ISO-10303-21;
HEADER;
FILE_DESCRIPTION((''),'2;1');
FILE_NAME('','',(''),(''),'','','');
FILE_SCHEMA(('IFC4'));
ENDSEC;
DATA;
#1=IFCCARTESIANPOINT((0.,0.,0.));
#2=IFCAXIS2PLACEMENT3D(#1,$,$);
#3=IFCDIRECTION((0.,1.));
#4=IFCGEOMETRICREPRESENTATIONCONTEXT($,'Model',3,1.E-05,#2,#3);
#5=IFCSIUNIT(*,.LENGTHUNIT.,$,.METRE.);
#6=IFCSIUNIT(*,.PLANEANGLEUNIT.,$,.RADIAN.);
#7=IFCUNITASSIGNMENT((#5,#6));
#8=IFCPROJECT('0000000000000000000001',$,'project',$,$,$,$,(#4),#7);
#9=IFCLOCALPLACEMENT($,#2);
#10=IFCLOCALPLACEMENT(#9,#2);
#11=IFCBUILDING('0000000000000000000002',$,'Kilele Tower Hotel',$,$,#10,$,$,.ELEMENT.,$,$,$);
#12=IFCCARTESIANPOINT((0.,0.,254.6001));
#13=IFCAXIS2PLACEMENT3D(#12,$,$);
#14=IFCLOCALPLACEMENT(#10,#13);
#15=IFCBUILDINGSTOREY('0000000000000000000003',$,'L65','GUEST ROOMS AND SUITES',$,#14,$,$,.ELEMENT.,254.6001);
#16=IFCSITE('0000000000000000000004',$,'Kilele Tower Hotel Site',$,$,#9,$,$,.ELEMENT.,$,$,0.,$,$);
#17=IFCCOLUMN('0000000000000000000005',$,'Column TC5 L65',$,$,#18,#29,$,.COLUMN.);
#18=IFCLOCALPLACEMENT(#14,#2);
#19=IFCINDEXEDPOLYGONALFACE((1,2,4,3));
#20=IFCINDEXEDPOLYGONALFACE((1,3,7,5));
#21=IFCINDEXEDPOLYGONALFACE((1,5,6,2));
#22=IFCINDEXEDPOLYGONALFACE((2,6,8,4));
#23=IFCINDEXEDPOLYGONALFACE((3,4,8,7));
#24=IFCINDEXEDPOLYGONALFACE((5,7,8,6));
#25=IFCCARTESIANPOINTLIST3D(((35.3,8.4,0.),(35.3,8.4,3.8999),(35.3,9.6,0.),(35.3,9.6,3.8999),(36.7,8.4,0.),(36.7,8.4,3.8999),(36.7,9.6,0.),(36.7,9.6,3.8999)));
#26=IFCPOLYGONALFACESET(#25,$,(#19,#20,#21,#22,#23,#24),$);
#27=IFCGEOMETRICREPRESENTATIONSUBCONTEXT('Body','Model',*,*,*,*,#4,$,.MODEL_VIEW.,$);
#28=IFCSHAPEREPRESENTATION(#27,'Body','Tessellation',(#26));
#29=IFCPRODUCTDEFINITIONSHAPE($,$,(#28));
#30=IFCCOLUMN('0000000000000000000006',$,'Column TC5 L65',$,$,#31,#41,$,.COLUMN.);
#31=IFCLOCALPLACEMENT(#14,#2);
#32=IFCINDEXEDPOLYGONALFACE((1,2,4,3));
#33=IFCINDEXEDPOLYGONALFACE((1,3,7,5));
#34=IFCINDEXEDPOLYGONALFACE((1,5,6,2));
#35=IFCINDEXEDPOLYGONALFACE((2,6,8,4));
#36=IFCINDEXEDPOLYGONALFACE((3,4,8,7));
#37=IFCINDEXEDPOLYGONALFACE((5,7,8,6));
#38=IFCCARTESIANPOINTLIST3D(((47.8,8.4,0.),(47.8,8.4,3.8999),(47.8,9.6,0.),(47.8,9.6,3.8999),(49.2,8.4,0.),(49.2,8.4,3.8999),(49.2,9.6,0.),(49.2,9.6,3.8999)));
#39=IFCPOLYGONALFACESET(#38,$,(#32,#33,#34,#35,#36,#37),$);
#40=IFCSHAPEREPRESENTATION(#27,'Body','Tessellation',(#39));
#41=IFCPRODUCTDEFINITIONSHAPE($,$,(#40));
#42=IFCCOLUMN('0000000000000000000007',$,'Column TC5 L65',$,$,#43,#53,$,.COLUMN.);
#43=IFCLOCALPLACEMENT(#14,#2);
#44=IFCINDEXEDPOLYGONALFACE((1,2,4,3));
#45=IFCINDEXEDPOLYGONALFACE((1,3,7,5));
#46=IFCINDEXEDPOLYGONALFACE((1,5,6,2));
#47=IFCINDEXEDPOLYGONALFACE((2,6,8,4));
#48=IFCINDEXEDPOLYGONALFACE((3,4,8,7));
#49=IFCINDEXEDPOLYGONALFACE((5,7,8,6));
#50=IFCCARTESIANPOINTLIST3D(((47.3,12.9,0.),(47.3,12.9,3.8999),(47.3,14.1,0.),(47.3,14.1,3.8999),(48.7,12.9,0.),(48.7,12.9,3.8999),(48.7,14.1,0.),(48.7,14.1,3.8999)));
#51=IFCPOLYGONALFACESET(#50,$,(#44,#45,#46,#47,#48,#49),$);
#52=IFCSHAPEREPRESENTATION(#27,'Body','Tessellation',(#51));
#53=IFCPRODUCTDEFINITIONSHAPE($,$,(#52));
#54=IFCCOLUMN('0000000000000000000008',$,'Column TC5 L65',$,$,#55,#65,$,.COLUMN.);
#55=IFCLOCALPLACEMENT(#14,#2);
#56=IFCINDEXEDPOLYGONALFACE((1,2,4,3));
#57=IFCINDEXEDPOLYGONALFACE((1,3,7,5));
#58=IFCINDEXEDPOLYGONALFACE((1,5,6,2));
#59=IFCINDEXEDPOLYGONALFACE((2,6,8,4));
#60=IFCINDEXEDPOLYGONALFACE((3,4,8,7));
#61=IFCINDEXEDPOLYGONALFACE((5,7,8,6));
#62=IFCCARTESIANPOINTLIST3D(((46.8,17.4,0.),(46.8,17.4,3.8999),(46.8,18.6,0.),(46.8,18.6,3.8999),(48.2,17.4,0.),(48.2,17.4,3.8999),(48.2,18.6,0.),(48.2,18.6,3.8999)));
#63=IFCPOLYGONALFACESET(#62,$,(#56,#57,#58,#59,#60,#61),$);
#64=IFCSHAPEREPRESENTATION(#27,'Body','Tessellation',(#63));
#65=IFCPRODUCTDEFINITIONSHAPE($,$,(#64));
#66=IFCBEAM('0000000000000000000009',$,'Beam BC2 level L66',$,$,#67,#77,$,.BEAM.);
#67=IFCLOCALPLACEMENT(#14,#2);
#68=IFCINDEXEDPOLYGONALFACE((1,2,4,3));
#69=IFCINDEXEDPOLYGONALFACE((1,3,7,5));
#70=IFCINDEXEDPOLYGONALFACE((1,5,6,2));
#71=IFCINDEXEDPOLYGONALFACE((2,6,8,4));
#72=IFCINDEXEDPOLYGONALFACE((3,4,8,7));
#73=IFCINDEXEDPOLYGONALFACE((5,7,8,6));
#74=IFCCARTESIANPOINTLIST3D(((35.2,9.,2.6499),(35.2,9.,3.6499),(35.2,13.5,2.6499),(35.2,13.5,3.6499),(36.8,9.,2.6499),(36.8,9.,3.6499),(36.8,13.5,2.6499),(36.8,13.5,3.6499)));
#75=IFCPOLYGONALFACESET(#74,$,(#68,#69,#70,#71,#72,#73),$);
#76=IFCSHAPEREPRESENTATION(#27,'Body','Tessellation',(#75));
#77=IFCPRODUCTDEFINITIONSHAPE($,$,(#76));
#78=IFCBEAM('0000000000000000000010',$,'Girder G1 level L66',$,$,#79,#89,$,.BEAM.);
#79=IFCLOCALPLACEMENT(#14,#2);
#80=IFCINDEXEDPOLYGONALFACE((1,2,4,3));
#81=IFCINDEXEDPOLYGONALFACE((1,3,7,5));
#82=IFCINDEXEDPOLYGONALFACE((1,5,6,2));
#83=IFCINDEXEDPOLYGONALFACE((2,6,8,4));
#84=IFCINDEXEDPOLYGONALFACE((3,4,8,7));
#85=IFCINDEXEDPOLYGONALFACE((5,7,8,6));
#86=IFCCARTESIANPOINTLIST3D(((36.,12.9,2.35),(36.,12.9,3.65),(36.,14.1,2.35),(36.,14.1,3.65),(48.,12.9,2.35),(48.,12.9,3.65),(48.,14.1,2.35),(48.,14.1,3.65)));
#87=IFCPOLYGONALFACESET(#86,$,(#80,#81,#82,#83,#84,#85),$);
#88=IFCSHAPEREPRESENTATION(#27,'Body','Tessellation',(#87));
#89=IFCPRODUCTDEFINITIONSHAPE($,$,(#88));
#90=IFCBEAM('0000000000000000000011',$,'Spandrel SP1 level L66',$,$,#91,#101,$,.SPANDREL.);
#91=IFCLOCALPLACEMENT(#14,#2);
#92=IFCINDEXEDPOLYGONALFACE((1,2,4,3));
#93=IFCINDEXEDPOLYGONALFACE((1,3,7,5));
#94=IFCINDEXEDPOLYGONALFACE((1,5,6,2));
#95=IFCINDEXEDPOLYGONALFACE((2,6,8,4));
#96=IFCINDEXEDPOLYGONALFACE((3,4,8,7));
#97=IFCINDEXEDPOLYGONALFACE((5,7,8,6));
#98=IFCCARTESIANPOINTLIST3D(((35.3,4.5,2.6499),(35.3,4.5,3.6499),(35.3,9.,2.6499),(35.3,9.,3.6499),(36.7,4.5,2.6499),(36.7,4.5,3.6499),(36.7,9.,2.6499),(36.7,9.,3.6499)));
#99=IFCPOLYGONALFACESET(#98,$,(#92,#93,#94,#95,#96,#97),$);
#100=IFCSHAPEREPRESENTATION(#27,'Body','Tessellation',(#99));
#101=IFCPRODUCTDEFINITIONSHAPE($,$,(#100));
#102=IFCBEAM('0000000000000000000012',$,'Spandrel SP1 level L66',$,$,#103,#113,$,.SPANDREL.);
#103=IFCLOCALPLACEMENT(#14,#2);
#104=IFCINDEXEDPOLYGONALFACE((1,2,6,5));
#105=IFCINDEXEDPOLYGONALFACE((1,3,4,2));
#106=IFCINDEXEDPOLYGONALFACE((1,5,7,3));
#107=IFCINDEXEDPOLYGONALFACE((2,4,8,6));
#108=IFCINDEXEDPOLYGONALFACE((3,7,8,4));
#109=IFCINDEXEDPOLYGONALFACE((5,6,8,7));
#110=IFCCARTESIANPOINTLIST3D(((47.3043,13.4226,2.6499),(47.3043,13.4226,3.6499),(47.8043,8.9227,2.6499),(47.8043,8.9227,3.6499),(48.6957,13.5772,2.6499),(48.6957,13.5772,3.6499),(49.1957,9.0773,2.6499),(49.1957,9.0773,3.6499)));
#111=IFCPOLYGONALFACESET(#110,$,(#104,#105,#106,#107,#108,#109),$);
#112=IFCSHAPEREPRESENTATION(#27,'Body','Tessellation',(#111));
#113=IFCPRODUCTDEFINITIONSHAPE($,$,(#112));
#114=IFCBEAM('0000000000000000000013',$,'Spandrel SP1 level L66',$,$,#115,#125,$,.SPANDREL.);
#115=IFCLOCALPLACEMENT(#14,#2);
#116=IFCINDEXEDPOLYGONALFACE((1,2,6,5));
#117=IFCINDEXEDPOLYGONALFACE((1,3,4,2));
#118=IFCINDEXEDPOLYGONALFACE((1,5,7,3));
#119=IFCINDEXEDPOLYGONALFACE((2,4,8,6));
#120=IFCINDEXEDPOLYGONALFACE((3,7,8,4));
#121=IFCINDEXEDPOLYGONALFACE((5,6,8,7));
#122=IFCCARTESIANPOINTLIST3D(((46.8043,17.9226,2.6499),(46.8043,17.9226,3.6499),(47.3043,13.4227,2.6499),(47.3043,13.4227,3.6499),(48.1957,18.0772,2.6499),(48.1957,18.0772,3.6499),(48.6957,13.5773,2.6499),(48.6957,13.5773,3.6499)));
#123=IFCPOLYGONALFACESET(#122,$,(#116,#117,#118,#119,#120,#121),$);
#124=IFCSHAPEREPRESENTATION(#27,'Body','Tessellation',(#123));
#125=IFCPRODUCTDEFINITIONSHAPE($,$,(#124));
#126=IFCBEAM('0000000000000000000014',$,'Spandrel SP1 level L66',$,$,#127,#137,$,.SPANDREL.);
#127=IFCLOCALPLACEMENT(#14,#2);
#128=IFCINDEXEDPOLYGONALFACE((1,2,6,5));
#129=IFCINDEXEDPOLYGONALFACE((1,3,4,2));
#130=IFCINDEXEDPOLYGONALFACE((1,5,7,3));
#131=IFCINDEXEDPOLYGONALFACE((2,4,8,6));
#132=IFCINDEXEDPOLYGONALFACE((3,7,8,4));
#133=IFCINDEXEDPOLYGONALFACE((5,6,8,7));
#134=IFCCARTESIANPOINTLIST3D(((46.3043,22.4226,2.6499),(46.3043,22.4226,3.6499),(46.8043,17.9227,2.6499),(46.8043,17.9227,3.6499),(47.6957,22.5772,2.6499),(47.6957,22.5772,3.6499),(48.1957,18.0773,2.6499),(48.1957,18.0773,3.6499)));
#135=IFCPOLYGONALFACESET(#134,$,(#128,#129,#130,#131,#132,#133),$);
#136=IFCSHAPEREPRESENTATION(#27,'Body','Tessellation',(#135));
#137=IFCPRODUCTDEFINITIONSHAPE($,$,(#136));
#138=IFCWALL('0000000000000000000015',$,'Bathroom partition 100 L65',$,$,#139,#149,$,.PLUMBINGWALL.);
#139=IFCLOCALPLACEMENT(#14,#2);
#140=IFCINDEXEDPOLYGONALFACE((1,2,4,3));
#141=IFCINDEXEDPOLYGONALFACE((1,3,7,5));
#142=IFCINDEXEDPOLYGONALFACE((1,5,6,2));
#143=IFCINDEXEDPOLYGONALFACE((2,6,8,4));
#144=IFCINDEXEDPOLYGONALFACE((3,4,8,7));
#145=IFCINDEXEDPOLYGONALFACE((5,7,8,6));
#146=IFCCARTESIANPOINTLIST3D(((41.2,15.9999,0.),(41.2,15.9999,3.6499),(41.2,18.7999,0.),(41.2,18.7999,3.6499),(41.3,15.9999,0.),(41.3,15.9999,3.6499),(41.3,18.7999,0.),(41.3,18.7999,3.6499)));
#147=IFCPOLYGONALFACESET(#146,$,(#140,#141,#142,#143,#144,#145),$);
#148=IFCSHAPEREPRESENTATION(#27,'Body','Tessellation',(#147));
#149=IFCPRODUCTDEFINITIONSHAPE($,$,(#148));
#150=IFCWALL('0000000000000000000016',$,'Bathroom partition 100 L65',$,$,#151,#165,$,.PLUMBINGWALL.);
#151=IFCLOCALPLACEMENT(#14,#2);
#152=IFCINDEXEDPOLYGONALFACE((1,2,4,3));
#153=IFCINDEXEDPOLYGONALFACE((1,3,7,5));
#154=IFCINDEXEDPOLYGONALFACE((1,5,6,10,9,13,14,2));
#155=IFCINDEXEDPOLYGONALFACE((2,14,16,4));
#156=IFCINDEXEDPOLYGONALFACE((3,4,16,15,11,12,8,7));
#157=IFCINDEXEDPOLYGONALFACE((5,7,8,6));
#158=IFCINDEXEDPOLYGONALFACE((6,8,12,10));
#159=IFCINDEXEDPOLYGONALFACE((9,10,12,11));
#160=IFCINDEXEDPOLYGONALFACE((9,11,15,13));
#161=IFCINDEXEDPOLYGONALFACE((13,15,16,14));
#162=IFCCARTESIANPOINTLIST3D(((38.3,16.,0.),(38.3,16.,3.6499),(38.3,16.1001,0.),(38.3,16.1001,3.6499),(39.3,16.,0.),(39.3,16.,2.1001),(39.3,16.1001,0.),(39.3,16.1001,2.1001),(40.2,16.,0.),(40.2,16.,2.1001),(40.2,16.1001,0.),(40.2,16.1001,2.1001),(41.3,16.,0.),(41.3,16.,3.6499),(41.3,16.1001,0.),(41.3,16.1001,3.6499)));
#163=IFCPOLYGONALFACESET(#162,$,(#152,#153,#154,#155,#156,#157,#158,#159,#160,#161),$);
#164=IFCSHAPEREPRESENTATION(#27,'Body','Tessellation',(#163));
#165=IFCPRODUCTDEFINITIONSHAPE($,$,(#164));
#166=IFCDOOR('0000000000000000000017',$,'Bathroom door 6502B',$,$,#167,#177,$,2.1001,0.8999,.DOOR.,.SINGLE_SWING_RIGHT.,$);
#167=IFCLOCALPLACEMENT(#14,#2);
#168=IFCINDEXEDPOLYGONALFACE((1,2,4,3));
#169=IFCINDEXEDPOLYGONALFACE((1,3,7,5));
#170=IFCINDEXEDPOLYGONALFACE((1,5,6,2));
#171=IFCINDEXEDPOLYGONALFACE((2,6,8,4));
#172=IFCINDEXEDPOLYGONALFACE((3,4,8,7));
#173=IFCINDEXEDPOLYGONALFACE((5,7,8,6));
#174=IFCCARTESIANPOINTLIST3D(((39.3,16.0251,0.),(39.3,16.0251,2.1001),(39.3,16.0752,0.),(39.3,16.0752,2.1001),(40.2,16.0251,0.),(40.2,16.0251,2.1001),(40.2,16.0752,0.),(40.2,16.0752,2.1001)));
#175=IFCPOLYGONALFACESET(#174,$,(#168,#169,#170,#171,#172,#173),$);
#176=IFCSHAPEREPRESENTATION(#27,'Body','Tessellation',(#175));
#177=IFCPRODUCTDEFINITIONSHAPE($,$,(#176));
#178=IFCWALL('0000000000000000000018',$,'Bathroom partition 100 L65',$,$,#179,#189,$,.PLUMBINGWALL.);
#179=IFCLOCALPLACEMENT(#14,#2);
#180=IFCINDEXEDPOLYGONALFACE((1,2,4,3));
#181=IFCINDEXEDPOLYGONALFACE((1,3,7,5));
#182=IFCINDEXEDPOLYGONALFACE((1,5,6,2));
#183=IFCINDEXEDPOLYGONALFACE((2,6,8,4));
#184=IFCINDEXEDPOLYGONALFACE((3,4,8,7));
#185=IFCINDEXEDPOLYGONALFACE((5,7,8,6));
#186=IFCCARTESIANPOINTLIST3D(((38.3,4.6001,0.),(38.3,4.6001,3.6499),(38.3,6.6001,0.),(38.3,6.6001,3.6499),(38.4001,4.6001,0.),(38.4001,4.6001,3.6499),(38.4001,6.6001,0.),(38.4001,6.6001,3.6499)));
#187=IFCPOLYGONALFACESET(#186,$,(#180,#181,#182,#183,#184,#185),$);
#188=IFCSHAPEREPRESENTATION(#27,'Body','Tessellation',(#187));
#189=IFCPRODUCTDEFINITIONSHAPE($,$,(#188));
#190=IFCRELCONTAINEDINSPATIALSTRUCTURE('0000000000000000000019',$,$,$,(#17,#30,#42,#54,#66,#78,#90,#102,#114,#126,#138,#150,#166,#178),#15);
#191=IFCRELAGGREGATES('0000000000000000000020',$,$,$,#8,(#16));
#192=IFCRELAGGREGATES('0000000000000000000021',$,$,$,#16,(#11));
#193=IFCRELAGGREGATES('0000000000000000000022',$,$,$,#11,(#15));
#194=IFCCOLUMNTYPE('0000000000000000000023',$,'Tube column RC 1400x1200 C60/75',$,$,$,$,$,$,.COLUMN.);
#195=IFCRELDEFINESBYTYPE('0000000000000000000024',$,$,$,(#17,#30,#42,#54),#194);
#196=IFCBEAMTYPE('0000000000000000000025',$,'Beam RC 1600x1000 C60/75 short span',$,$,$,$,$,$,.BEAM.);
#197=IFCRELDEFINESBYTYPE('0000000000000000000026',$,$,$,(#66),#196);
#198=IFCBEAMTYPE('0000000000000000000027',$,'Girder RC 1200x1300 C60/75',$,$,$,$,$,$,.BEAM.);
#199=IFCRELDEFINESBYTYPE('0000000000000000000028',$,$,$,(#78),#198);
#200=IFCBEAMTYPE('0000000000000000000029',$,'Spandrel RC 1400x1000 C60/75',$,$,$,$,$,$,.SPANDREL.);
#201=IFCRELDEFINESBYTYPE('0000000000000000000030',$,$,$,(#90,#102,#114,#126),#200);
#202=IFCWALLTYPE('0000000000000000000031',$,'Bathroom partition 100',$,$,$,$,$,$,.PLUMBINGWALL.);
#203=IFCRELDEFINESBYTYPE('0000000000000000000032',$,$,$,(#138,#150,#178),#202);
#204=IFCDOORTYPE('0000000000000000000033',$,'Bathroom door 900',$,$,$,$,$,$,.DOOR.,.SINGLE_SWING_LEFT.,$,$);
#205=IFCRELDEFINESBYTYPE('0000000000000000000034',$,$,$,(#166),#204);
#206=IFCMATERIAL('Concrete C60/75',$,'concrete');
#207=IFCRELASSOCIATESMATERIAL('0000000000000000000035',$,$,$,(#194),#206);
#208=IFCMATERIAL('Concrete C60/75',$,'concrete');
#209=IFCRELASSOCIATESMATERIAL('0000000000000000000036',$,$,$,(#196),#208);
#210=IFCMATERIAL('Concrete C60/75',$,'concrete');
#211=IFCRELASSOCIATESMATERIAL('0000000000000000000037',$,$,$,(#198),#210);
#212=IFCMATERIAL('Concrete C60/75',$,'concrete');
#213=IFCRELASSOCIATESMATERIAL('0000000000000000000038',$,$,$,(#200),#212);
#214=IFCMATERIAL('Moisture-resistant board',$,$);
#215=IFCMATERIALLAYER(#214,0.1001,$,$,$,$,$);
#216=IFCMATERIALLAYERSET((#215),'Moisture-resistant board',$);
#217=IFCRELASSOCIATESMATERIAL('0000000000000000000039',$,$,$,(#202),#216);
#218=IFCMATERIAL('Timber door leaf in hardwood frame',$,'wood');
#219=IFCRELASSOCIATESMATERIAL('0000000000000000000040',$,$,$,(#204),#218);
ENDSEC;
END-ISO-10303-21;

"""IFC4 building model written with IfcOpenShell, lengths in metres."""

from ifc_helpers import new_model, si_unit, direction, frame, frame_2d, origin, origin_2d, place, context, subcontext, project, spatial, rectangle, extrude, material, layer, layer_set, material_profile, profile_set, type_object, element, fill, save


model = new_model("IFC4")

# Units and contexts
model_context = context("Model", 3, precision=1e-05, world=origin(), true_north=direction((0.0, 1.0)))
body_context = subcontext(model_context, "Body", "Model", "MODEL_VIEW")
ifc_project = project(units=[si_unit("LENGTHUNIT", "METRE"), si_unit("PLANEANGLEUNIT", "RADIAN")], contexts=[model_context])

# Site, building, storey
site_placement = place(None, origin())
site = spatial("IfcSite", under=ifc_project, at=site_placement, Name="Kilele Tower Hotel Site", CompositionType="ELEMENT", RefElevation=0.0)
building_placement = place(site_placement, origin())
building = spatial("IfcBuilding", under=site, at=building_placement, Name="Kilele Tower Hotel", CompositionType="ELEMENT")
storey_placement = place(building_placement, frame((0.0, 0.0, 254.6001)))
storey = spatial("IfcBuildingStorey", under=building, at=storey_placement, Name="L65", Description="GUEST ROOMS AND SUITES", CompositionType="ELEMENT", Elevation=254.6001)

# Columns
ifc_material_1 = material(Name="Concrete C60/75", Category="concrete")
ifc_material_profile_1 = material_profile(ifc_material_1, rectangle(XDim=1.3999, YDim=1.2, at=origin_2d()))
ifc_profile_set_1 = profile_set([ifc_material_profile_1], Name="Concrete C60/75")
column_type = type_object("IfcColumnType", Name="Tube column RC 1400x1200 C60/75", PredefinedType="COLUMN", material=ifc_profile_set_1)
for number, where, z_axis, x_axis, name in (
    (1, (36.0, 9.0, 0.0), (0.0, 0.0, 1.0), (1.0, 0.0, 0.0), "Column TC5 L65"),
    (2, (48.5, 9.0, 0.0), (0.0, 0.0, 1.0), (1.0, 0.0, 0.0), "Column TC5 L65"),
    (3, (48.0, 13.5, 0.0), (0.0, 0.0, 1.0), (1.0, 0.0, 0.0), "Column TC5 L65"),
    (4, (47.5, 18.0, 0.0), (0.0, 0.0, 1.0), (1.0, 0.0, 0.0), "Column TC5 L65"),
):
    element("IfcColumn", number, at=place(storey_placement, frame(where, z_axis=z_axis, x_axis=x_axis)), inside=storey, type_object=column_type, Name=name, PredefinedType="COLUMN", context=body_context, shape_type="SweptSolid", body=[
        extrude(rectangle(XDim=1.3999, YDim=1.2, at=origin_2d()), origin(), (0.0, 0.0, 1.0), 3.8999),
    ])

# Beams
ifc_material_2 = material(Name="Concrete C60/75", Category="concrete")
ifc_material_profile_2 = material_profile(ifc_material_2, rectangle(XDim=1.6001, YDim=1.0, at=origin_2d()))
ifc_profile_set_2 = profile_set([ifc_material_profile_2], Name="Concrete C60/75")
beam_type_1 = type_object("IfcBeamType", Name="Beam RC 1600x1000 C60/75 short span", PredefinedType="BEAM", material=ifc_profile_set_2)
beam_1_placement = place(storey_placement, frame((36.0, 9.0, 3.1499), z_axis=(0.0, 1.0, 0.0), x_axis=(-1.0, 0.0, 0.0)))
element("IfcBeam", 5, at=beam_1_placement, inside=storey, type_object=beam_type_1, Name="Beam BC2 level L66", PredefinedType="BEAM", context=body_context, shape_type="SweptSolid", body=[
    extrude(rectangle(XDim=1.6001, YDim=1.0, at=origin_2d()), origin(), (0.0, 0.0, 1.0), 4.5),
])
ifc_material_3 = material(Name="Concrete C60/75", Category="concrete")
ifc_material_profile_3 = material_profile(ifc_material_3, rectangle(XDim=1.2, YDim=1.3, at=origin_2d()))
ifc_profile_set_3 = profile_set([ifc_material_profile_3], Name="Concrete C60/75")
beam_type_2 = type_object("IfcBeamType", Name="Girder RC 1200x1300 C60/75", PredefinedType="BEAM", material=ifc_profile_set_3)
beam_2_placement = place(storey_placement, frame((48.0, 13.5, 3.0), z_axis=(-1.0, 0.0, 0.0), x_axis=(0.0, -1.0, 0.0)))
element("IfcBeam", 6, at=beam_2_placement, inside=storey, type_object=beam_type_2, Name="Girder G1 level L66", PredefinedType="BEAM", context=body_context, shape_type="SweptSolid", body=[
    extrude(rectangle(XDim=1.2, YDim=1.3, at=origin_2d()), origin(), (0.0, 0.0, 1.0), 12.0),
])
ifc_material_4 = material(Name="Concrete C60/75", Category="concrete")
ifc_material_profile_4 = material_profile(ifc_material_4, rectangle(XDim=1.3999, YDim=1.0, at=origin_2d()))
ifc_profile_set_4 = profile_set([ifc_material_profile_4], Name="Concrete C60/75")
beam_type_3 = type_object("IfcBeamType", Name="Spandrel RC 1400x1000 C60/75", PredefinedType="SPANDREL", material=ifc_profile_set_4)
beam_3_placement = place(storey_placement, frame((36.0, 9.0, 3.1499), z_axis=(0.0, -1.0, 0.0), x_axis=(1.0, 0.0, 0.0)))
element("IfcBeam", 7, at=beam_3_placement, inside=storey, type_object=beam_type_3, Name="Spandrel SP1 level L66", PredefinedType="SPANDREL", context=body_context, shape_type="SweptSolid", body=[
    extrude(rectangle(XDim=1.3999, YDim=1.0, at=origin_2d()), origin(), (0.0, 0.0, 1.0), 4.5),
])
for number, where, z_axis, x_axis, name in (
    (8, (48.5, 9.0, 3.1499), (-0.110432, 0.993884, 0.0), (-0.993884, -0.110432, 0.0), "Spandrel SP1 level L66"),
    (9, (48.0, 13.5, 3.1499), (-0.110432, 0.993884, 0.0), (-0.993884, -0.110432, 0.0), "Spandrel SP1 level L66"),
    (10, (47.5, 18.0, 3.1499), (-0.110432, 0.993884, 0.0), (-0.993884, -0.110432, 0.0), "Spandrel SP1 level L66"),
):
    element("IfcBeam", number, at=place(storey_placement, frame(where, z_axis=z_axis, x_axis=x_axis)), inside=storey, type_object=beam_type_3, Name=name, PredefinedType="SPANDREL", context=body_context, shape_type="SweptSolid", body=[
        extrude(rectangle(XDim=1.3999, YDim=1.0, at=origin_2d()), origin(), (0.0, 0.0, 1.0), 4.5276),
    ])

# Wall
ifc_material_5 = material(Name="Moisture-resistant board")
ifc_layer_1 = layer(ifc_material_5, 0.1001)
ifc_layer_set_1 = layer_set([ifc_layer_1], Name="Moisture-resistant board")
wall_type_1 = type_object("IfcWallType", Name="Bathroom partition 100", PredefinedType="PLUMBINGWALL", material=ifc_layer_set_1)
wall_1_placement = place(storey_placement, frame((41.25, 16.0, 0.0), z_axis=(0.0, 0.0, 1.0), x_axis=(0.0, 1.0, 0.0)))
element("IfcWall", 11, at=wall_1_placement, inside=storey, type_object=wall_type_1, Name="Bathroom partition 100 L65", PredefinedType="PLUMBINGWALL", context=body_context, shape_type="SweptSolid", body=[
    extrude(rectangle(XDim=2.8, YDim=0.1001, at=frame_2d((1.3999, 0.0))), origin(), (0.0, 0.0, 1.0), 3.6499),
])

# Wall, opening, door
wall_2_placement = place(storey_placement, frame((38.3, 16.05, 0.0), z_axis=(0.0, 0.0, 1.0), x_axis=(1.0, 0.0, 0.0)))
wall_2 = element("IfcWall", 12, at=wall_2_placement, inside=storey, type_object=wall_type_1, Name="Bathroom partition 100 L65", PredefinedType="PLUMBINGWALL", context=body_context, shape_type="SweptSolid", body=[
    extrude(rectangle(XDim=3.0, YDim=0.1001, at=frame_2d((1.5, 0.0))), origin(), (0.0, 0.0, 1.0), 3.6499),
])
opening_1_placement = place(wall_2_placement, frame((1.8999, 0.0, 0.0), z_axis=(0.0, 0.0, 1.0), x_axis=(-1.0, 0.0, 0.0)))
opening_1 = element("IfcOpeningElement", 13, at=opening_1_placement, cuts=wall_2, PredefinedType="OPENING", context=body_context, shape_type="SweptSolid", body=[
    extrude(rectangle(XDim=0.8999, YDim=2.1001, at=frame_2d((0.45, 1.05))), frame((0.0, 0.0601, 0.0), z_axis=(0.0, -1.0, 0.0), x_axis=(1.0, 0.0, 0.0)), (0.0, 0.0, 1.0), 0.1201),
])
ifc_material_6 = material(Name="Timber door leaf in hardwood frame", Category="wood")
door_type_1 = type_object("IfcDoorType", Name="Bathroom door 900", OperationType="SINGLE_SWING_LEFT", PredefinedType="DOOR", material=ifc_material_6)
door_1_placement = place(opening_1_placement, origin())
door_1 = element("IfcDoor", 14, at=door_1_placement, inside=storey, type_object=door_type_1, Name="Bathroom door 6502B", OperationType="SINGLE_SWING_RIGHT", OverallHeight=2.1001, OverallWidth=0.8999, PredefinedType="DOOR", context=body_context, shape_type="SweptSolid", body=[
    extrude(rectangle(XDim=0.8999, YDim=2.1001, at=frame_2d((0.45, 1.05))), frame((0.0, 0.0249, 0.0), z_axis=(0.0, -1.0, 0.0), x_axis=(1.0, 0.0, 0.0)), (0.0, 0.0, 1.0), 0.05),
])
fill(opening_1, door_1)

# Wall
wall_3_placement = place(storey_placement, frame((38.3501, 4.6001, 0.0), z_axis=(0.0, 0.0, 1.0), x_axis=(0.0, 1.0, 0.0)))
element("IfcWall", 15, at=wall_3_placement, inside=storey, type_object=wall_type_1, Name="Bathroom partition 100 L65", PredefinedType="PLUMBINGWALL", context=body_context, shape_type="SweptSolid", body=[
    extrude(rectangle(XDim=2.0, YDim=0.1001, at=frame_2d((1.0, 0.0))), origin(), (0.0, 0.0, 1.0), 3.6499),
])

save(model, "model.ifc")
